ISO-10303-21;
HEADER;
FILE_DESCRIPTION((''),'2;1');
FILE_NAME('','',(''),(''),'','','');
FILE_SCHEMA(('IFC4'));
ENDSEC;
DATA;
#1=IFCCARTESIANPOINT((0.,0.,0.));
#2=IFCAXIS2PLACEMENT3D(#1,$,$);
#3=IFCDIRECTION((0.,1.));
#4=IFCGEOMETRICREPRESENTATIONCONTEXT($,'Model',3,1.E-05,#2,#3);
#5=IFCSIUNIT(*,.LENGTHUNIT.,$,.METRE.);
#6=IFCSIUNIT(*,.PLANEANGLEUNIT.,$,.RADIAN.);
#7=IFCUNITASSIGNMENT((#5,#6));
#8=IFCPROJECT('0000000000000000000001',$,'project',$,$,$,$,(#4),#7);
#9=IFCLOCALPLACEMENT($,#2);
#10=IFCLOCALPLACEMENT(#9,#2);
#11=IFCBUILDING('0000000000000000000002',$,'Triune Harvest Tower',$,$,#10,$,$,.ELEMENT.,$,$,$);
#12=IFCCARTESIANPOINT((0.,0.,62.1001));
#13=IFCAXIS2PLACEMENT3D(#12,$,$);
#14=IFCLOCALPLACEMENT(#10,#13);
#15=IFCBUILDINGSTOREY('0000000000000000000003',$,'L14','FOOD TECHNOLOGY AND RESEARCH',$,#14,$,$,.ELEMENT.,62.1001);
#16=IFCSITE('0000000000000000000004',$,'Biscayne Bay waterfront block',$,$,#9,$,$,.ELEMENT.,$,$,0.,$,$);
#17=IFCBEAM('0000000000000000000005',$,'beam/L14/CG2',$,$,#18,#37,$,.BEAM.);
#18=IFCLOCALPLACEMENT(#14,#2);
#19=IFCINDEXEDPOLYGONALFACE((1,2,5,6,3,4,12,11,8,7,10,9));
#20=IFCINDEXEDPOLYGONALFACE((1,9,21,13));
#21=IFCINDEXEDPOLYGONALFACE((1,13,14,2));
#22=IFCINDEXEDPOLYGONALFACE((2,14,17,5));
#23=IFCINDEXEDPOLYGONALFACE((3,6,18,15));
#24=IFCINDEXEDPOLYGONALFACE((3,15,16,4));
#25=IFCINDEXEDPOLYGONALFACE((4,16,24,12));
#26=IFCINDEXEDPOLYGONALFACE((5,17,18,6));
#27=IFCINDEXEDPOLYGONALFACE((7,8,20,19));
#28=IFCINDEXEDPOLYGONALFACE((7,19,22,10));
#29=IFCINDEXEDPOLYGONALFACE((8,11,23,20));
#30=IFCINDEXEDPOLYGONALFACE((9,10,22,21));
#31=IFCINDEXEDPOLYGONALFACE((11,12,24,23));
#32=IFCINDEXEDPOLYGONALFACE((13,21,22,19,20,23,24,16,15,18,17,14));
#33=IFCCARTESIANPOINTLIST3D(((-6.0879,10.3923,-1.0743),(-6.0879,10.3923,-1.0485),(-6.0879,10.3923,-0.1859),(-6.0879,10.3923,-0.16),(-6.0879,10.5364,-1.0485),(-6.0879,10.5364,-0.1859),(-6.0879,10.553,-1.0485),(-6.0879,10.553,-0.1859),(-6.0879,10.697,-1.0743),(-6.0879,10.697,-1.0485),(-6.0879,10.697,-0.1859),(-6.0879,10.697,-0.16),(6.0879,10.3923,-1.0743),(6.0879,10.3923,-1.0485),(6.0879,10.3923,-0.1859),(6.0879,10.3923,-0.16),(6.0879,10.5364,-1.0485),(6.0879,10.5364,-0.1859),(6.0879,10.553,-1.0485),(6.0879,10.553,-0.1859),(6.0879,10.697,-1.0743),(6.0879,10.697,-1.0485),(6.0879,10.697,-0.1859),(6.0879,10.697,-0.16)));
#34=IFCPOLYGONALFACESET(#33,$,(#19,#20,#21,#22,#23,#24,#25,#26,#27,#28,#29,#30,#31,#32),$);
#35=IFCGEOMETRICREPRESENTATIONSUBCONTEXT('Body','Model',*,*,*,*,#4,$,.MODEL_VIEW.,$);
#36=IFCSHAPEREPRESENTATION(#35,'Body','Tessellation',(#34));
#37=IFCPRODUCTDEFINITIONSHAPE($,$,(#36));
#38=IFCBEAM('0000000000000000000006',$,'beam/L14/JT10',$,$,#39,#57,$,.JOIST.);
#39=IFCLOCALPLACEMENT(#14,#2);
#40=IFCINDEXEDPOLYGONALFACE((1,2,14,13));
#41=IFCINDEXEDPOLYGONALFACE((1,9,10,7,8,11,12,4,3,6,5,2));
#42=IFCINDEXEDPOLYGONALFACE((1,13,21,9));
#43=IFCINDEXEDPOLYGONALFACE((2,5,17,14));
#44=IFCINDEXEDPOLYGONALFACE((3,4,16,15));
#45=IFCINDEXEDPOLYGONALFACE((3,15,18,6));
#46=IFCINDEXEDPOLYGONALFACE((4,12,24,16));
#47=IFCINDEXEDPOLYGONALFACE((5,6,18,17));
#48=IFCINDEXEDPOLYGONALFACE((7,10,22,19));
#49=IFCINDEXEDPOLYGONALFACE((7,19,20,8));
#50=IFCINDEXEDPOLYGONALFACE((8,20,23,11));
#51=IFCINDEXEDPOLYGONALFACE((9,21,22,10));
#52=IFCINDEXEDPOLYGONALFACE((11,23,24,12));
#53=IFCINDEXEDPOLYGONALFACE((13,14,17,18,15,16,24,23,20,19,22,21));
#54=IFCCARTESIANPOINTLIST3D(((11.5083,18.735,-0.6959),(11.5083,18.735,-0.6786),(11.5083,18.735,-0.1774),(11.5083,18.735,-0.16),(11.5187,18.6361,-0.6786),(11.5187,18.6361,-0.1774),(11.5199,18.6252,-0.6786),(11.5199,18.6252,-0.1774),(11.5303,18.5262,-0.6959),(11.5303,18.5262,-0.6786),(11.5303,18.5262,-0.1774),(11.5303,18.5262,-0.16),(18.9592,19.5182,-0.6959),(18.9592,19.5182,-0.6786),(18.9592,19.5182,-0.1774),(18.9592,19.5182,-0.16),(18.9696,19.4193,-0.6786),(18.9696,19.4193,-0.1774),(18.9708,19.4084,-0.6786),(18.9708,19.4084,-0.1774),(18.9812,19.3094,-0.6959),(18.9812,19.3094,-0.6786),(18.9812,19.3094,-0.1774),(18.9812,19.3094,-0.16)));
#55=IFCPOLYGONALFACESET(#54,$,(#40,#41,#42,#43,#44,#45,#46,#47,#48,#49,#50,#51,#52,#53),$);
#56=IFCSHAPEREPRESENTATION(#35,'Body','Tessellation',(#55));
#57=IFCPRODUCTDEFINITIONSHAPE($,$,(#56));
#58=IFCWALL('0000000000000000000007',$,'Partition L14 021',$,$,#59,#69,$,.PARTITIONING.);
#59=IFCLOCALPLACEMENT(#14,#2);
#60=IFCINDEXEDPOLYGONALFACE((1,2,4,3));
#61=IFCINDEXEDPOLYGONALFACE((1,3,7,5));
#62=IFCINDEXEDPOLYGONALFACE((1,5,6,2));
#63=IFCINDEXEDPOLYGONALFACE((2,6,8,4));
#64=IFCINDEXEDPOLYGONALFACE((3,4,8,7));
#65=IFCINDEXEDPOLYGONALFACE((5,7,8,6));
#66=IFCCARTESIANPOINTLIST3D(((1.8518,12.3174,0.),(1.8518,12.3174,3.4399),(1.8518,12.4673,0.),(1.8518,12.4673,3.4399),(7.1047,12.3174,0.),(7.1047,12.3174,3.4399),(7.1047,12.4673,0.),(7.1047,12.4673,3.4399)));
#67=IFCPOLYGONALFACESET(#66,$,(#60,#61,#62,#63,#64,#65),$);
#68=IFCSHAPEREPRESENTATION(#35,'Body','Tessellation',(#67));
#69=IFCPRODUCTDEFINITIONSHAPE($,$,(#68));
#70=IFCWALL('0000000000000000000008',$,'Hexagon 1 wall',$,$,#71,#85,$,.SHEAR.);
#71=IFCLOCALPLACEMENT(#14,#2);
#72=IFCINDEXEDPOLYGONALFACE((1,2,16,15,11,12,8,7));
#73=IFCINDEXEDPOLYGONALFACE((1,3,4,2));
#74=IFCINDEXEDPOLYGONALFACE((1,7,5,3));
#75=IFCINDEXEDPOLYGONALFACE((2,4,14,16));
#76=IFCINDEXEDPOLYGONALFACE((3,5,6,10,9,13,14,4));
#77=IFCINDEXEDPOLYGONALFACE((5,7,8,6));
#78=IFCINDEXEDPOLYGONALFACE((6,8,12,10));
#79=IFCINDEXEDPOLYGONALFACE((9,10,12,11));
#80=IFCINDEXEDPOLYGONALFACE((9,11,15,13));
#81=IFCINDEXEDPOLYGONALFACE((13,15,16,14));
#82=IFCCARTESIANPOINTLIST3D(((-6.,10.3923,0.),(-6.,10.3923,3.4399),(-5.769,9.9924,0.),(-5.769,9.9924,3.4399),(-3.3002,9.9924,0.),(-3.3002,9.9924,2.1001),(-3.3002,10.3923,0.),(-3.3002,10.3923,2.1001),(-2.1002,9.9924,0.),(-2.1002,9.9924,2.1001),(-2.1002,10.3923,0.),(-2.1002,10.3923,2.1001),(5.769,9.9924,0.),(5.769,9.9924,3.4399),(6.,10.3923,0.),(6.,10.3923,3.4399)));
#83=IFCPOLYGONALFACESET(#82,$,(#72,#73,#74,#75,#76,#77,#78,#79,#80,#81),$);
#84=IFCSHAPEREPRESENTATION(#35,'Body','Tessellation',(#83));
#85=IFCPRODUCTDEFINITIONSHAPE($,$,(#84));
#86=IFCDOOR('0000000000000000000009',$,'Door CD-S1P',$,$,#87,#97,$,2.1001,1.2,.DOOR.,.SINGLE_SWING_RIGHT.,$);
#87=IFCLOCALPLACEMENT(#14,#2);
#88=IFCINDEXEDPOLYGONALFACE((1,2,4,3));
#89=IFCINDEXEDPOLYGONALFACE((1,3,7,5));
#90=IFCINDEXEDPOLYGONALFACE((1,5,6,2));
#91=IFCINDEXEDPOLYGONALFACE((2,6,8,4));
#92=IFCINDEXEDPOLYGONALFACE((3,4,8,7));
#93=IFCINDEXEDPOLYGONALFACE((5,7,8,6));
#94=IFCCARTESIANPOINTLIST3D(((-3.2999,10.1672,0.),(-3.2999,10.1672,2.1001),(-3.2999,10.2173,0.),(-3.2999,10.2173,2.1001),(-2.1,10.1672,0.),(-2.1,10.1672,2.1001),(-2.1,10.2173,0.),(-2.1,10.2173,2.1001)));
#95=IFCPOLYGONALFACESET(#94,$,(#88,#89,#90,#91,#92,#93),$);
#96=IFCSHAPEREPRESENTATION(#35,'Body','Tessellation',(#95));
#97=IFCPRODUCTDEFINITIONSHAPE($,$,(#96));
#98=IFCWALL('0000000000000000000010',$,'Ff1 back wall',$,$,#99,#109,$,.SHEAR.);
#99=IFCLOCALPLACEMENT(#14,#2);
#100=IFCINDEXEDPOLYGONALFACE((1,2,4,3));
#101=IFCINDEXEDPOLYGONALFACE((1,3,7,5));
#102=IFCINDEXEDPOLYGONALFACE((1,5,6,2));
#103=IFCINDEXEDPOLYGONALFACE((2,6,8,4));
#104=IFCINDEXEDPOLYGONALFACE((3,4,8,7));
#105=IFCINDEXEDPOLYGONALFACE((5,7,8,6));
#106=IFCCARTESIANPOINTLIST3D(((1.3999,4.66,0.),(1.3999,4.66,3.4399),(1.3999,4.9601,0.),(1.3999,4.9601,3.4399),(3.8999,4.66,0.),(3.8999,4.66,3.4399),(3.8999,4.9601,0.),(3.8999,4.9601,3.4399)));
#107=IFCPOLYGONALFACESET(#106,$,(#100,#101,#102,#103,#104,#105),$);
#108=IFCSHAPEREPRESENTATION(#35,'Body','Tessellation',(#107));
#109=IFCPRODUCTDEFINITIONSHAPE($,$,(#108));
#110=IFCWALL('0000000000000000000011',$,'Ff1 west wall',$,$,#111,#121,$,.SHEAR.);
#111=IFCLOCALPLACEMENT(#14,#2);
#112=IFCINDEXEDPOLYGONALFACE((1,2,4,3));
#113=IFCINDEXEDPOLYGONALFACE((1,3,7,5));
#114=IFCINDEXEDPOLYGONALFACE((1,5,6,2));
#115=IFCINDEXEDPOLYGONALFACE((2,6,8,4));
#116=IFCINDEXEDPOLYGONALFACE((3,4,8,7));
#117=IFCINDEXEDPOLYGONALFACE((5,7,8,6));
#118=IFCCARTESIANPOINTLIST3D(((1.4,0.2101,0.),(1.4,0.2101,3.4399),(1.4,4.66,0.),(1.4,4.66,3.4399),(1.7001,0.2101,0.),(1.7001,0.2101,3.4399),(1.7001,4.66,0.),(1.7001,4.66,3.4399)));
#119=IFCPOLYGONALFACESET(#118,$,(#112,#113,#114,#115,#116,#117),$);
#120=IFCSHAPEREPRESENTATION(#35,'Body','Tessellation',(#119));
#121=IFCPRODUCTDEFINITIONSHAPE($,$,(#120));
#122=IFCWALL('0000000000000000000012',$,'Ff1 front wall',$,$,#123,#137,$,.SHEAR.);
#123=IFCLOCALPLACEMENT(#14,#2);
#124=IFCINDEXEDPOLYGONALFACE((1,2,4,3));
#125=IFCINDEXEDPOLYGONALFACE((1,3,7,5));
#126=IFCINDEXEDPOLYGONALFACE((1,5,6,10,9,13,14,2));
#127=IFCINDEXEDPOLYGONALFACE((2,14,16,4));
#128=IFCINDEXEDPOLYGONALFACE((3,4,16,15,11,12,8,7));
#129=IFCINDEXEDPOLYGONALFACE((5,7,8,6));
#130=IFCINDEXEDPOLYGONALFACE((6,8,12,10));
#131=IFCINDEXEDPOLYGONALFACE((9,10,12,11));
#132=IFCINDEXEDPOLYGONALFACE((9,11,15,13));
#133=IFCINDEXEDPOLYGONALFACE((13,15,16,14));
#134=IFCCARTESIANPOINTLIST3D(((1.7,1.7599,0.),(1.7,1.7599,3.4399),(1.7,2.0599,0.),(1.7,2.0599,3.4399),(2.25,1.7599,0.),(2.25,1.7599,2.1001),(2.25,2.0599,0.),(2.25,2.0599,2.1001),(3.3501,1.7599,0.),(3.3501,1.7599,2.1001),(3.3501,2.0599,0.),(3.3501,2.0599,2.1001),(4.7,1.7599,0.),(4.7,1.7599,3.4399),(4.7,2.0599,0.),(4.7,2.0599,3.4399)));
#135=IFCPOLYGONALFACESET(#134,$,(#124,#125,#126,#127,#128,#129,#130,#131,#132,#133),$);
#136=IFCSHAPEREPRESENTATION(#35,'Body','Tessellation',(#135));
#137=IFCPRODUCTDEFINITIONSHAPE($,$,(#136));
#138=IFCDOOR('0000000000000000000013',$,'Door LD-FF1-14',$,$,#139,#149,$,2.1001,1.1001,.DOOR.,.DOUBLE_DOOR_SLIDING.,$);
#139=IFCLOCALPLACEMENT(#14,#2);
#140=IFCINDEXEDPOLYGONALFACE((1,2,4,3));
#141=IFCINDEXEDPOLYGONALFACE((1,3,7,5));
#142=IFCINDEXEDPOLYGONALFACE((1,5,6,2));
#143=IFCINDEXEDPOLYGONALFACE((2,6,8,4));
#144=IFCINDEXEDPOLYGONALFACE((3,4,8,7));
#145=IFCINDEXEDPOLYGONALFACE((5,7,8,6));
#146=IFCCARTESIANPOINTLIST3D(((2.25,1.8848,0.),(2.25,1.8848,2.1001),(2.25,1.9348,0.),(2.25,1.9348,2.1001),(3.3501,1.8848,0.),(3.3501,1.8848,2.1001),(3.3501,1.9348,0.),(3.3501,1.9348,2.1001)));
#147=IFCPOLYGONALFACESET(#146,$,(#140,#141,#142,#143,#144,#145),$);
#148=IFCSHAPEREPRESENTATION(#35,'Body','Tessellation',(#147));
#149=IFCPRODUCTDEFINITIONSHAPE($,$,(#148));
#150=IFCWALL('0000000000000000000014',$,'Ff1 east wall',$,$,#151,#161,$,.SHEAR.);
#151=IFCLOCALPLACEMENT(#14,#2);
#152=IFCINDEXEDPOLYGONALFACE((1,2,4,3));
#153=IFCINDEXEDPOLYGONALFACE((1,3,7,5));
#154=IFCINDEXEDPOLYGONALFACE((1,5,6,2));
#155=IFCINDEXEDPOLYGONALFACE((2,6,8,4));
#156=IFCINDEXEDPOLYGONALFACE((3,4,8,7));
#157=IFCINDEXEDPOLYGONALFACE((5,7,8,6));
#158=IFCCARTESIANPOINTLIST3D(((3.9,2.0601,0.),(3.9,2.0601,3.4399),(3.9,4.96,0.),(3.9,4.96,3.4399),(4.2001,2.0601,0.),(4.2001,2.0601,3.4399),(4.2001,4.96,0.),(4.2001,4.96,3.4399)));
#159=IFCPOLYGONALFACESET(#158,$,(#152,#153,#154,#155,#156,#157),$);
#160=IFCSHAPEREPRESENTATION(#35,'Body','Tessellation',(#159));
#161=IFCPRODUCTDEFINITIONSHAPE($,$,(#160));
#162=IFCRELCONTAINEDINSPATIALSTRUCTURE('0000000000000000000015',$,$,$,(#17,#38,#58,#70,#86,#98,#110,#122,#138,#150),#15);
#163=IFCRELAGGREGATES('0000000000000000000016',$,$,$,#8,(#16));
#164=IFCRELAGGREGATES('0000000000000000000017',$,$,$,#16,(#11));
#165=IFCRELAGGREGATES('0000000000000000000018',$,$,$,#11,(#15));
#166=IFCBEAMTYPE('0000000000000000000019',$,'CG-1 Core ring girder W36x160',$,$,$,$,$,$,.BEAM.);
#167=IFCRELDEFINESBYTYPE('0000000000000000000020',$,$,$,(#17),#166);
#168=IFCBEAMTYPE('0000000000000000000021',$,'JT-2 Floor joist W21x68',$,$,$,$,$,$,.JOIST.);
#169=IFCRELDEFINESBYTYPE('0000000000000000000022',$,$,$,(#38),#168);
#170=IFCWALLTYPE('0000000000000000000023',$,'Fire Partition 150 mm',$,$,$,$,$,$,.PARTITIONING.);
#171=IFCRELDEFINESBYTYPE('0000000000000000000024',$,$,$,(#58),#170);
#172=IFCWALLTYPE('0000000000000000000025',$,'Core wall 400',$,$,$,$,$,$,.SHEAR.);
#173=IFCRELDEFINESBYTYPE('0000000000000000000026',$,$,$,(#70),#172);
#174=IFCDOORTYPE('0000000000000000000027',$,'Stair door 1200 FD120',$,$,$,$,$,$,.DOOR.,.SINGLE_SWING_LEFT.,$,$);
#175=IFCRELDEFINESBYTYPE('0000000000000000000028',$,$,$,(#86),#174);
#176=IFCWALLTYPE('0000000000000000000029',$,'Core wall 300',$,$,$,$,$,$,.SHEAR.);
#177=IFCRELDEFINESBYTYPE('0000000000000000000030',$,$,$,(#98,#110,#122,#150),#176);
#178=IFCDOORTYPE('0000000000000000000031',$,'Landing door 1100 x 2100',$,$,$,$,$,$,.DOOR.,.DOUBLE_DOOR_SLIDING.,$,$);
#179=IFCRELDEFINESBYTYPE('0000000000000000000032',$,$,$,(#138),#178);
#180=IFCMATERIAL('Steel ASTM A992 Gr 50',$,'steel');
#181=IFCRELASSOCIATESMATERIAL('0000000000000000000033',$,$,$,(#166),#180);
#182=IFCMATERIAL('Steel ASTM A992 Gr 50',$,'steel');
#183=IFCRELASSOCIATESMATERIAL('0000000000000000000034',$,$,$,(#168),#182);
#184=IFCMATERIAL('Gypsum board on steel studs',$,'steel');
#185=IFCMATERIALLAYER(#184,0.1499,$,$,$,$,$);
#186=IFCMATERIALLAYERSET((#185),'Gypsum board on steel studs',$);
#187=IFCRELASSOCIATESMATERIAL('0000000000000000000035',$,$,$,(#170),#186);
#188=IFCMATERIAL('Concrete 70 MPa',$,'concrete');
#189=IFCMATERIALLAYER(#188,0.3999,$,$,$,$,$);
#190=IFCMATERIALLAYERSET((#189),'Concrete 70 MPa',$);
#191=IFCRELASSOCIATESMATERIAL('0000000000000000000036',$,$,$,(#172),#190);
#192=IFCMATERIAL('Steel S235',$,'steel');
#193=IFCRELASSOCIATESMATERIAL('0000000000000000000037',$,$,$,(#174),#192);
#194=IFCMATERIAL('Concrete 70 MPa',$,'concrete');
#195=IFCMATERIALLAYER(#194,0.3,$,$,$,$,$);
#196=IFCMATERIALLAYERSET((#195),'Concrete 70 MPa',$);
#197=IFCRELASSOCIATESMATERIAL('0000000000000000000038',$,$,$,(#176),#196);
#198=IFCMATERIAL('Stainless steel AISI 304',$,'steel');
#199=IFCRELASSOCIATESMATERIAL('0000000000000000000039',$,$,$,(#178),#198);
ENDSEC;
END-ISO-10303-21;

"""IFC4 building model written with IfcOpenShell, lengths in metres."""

from ifc_helpers import new_model, si_unit, direction, frame, frame_2d, origin, origin_2d, place, context, subcontext, project, spatial, polyline, rectangle, i_section, outline, extrude, source, transform, mapped, material, layer, layer_set, material_profile, profile_set, type_object, element, fill, save


model = new_model("IFC4")

# Units and contexts
model_context = context("Model", 3, precision=1e-05, world=origin(), true_north=direction((0.0, 1.0)))
body_context = subcontext(model_context, "Body", "Model", "MODEL_VIEW")
ifc_project = project(units=[si_unit("LENGTHUNIT", "METRE"), si_unit("PLANEANGLEUNIT", "RADIAN")], contexts=[model_context])

# Site, building, storey
site_placement = place(None, origin())
site = spatial("IfcSite", under=ifc_project, at=site_placement, Name="Biscayne Bay waterfront block", CompositionType="ELEMENT", RefElevation=0.0)
building_placement = place(site_placement, origin())
building = spatial("IfcBuilding", under=site, at=building_placement, Name="Triune Harvest Tower", CompositionType="ELEMENT")
storey_placement = place(building_placement, frame((0.0, 0.0, 62.1001)))
storey = spatial("IfcBuildingStorey", under=building, at=storey_placement, Name="L14", Description="FOOD TECHNOLOGY AND RESEARCH", CompositionType="ELEMENT", Elevation=62.1001)

# Beams
ifc_material_1 = material(Name="Steel ASTM A992 Gr 50", Category="steel")
ifc_material_profile_1 = material_profile(ifc_material_1, i_section(OverallWidth=0.3047, OverallDepth=0.9143, WebThickness=0.0166, FlangeThickness=0.0259, at=origin_2d()), Name="W36x160")
ifc_profile_set_1 = profile_set([ifc_material_profile_1], Name="Steel ASTM A992 Gr 50")
beam_type_1 = type_object("IfcBeamType", Name="CG-1 Core ring girder W36x160", PredefinedType="BEAM", material=ifc_profile_set_1)
shared_shape_1 = source(origin(), body_context, "Body", "SweptSolid", [
    extrude(i_section(OverallWidth=0.3047, OverallDepth=0.9143, WebThickness=0.0166, FlangeThickness=0.0259, at=origin_2d()), origin(), (0.0, 0.0, 1.0), 12.1758),
])
beam_1_placement = place(storey_placement, frame((6.0879, 10.5447, -0.6172), z_axis=(-1.0, 0.0, 0.0), x_axis=(0.0, -1.0, 0.0)))
element("IfcBeam", 1, at=beam_1_placement, inside=storey, type_object=beam_type_1, Name="beam/L14/CG2", PredefinedType="BEAM", context=body_context, shape_type="MappedRepresentation", body=[
    mapped(shared_shape_1, transform((0.0, 0.0, 0.0), scale=1.0)),
])
ifc_material_2 = material(Name="Steel ASTM A992 Gr 50", Category="steel")
ifc_material_profile_2 = material_profile(ifc_material_2, i_section(OverallWidth=0.21, OverallDepth=0.5359, WebThickness=0.011, FlangeThickness=0.0173, at=origin_2d()), Name="W21x68")
ifc_profile_set_2 = profile_set([ifc_material_profile_2], Name="Steel ASTM A992 Gr 50")
beam_type_2 = type_object("IfcBeamType", Name="JT-2 Floor joist W21x68", PredefinedType="JOIST", material=ifc_profile_set_2)
shared_shape_2 = source(origin(), body_context, "Body", "SweptSolid", [
    extrude(i_section(OverallWidth=0.21, OverallDepth=0.5359, WebThickness=0.011, FlangeThickness=0.0173, at=origin_2d()), origin(), (0.0, 0.0, 1.0), 7.4919),
])
beam_2_placement = place(storey_placement, frame((18.9702, 19.4138, -0.428), z_axis=(-0.994521, -0.104539, 0.0), x_axis=(0.104539, -0.994521, 0.0)))
element("IfcBeam", 2, at=beam_2_placement, inside=storey, type_object=beam_type_2, Name="beam/L14/JT10", PredefinedType="JOIST", context=body_context, shape_type="MappedRepresentation", body=[
    mapped(shared_shape_2, transform((0.0, 0.0, 0.0), scale=1.0)),
])

# Wall
ifc_material_3 = material(Name="Gypsum board on steel studs", Category="steel")
ifc_layer_1 = layer(ifc_material_3, 0.1499)
ifc_layer_set_1 = layer_set([ifc_layer_1], Name="Gypsum board on steel studs")
wall_type_1 = type_object("IfcWallType", Name="Fire Partition 150 mm", PredefinedType="PARTITIONING", material=ifc_layer_set_1)
wall_1_placement = place(storey_placement, frame((1.8518, 12.3923, 0.0), z_axis=(0.0, 0.0, 1.0), x_axis=(1.0, 0.0, 0.0)))
element("IfcWall", 3, at=wall_1_placement, inside=storey, type_object=wall_type_1, Name="Partition L14 021", PredefinedType="PARTITIONING", context=body_context, shape_type="SweptSolid", body=[
    extrude(rectangle(XDim=5.2529, YDim=0.1499, at=frame_2d((2.6265, 0.0))), origin(), (0.0, 0.0, 1.0), 3.4399),
])

# Wall, opening, door
ifc_material_4 = material(Name="Concrete 70 MPa", Category="concrete")
ifc_layer_2 = layer(ifc_material_4, 0.3999)
ifc_layer_set_2 = layer_set([ifc_layer_2], Name="Concrete 70 MPa")
wall_type_2 = type_object("IfcWallType", Name="Core wall 400", PredefinedType="SHEAR", material=ifc_layer_set_2)
shared_shape_3 = source(origin(), body_context, "Body", "SweptSolid", [
    extrude(outline(polyline([(-0.1155, -0.2), (11.8845, -0.2), (11.6536, 0.2), (0.1155, 0.2), (-0.1155, -0.2)])), origin(), (0.0, 0.0, 1.0), 3.4399),
])
wall_2_placement = place(storey_placement, frame((5.8845, 10.1924, 0.0), z_axis=(0.0, 0.0, 1.0), x_axis=(-1.0, 0.0, 0.0)))
wall_2 = element("IfcWall", 4, at=wall_2_placement, inside=storey, type_object=wall_type_2, Name="Hexagon 1 wall", PredefinedType="SHEAR", context=body_context, shape_type="MappedRepresentation", body=[
    mapped(shared_shape_3, transform((0.0, 0.0, 0.0), scale=1.0)),
])
opening_1_placement = place(wall_2_placement, frame((7.9846, 0.0, 0.0)))
opening_1 = element("IfcOpeningElement", 5, at=opening_1_placement, cuts=wall_2, PredefinedType="OPENING", context=body_context, shape_type="SweptSolid", body=[
    extrude(rectangle(XDim=1.2, YDim=2.1001, at=frame_2d((0.6001, 1.05))), frame((0.0, 0.21, 0.0), z_axis=(0.0, -1.0, 0.0), x_axis=(1.0, 0.0, 0.0)), (0.0, 0.0, 1.0), 0.4199),
])
ifc_material_5 = material(Name="Steel S235", Category="steel")
door_type_1 = type_object("IfcDoorType", Name="Stair door 1200 FD120", OperationType="SINGLE_SWING_LEFT", PredefinedType="DOOR", material=ifc_material_5)
door_1_placement = place(opening_1_placement, frame((1.2, 0.0, 0.0), z_axis=(0.0, 0.0, 1.0), x_axis=(-1.0, 0.0, 0.0)))
door_1 = element("IfcDoor", 6, at=door_1_placement, inside=storey, type_object=door_type_1, Name="Door CD-S1P", OperationType="SINGLE_SWING_RIGHT", OverallHeight=2.1001, OverallWidth=1.2, PredefinedType="DOOR", context=body_context, shape_type="SweptSolid", body=[
    extrude(rectangle(XDim=1.2, YDim=2.1001, at=frame_2d((0.6001, 1.05))), frame((0.0, 0.0249, 0.0), z_axis=(0.0, -1.0, 0.0), x_axis=(1.0, 0.0, 0.0)), (0.0, 0.0, 1.0), 0.05),
])
fill(opening_1, door_1)

# Walls
ifc_material_6 = material(Name="Concrete 70 MPa", Category="concrete")
ifc_layer_3 = layer(ifc_material_6, 0.3)
ifc_layer_set_3 = layer_set([ifc_layer_3], Name="Concrete 70 MPa")
wall_type_3 = type_object("IfcWallType", Name="Core wall 300", PredefinedType="SHEAR", material=ifc_layer_set_3)
shared_shape_4 = source(origin(), body_context, "Body", "SweptSolid", [
    extrude(rectangle(XDim=2.5, YDim=0.3, at=frame_2d((1.25, 0.0))), origin(), (0.0, 0.0, 1.0), 3.4399),
])
wall_3_placement = place(storey_placement, frame((1.3999, 4.8101, 0.0), z_axis=(0.0, 0.0, 1.0), x_axis=(1.0, 0.0, 0.0)))
element("IfcWall", 7, at=wall_3_placement, inside=storey, type_object=wall_type_3, Name="Ff1 back wall", PredefinedType="SHEAR", context=body_context, shape_type="MappedRepresentation", body=[
    mapped(shared_shape_4, transform((0.0, 0.0, 0.0), scale=1.0)),
])
shared_shape_5 = source(origin(), body_context, "Body", "SweptSolid", [
    extrude(rectangle(XDim=4.45, YDim=0.3, at=frame_2d((2.2251, 0.0))), origin(), (0.0, 0.0, 1.0), 3.4399),
])
wall_4_placement = place(storey_placement, frame((1.55, 0.21, 0.0), z_axis=(0.0, 0.0, 1.0), x_axis=(0.0, 1.0, 0.0)))
element("IfcWall", 8, at=wall_4_placement, inside=storey, type_object=wall_type_3, Name="Ff1 west wall", PredefinedType="SHEAR", context=body_context, shape_type="MappedRepresentation", body=[
    mapped(shared_shape_5, transform((0.0, 0.0, 0.0), scale=1.0)),
])

# Wall, opening, door
shared_shape_6 = source(origin(), body_context, "Body", "SweptSolid", [
    extrude(rectangle(XDim=3.0, YDim=0.3, at=frame_2d((1.5, 0.0))), origin(), (0.0, 0.0, 1.0), 3.4399),
])
wall_5_placement = place(storey_placement, frame((1.7, 1.9099, 0.0), z_axis=(0.0, 0.0, 1.0), x_axis=(1.0, 0.0, 0.0)))
wall_5 = element("IfcWall", 9, at=wall_5_placement, inside=storey, type_object=wall_type_3, Name="Ff1 front wall", PredefinedType="SHEAR", context=body_context, shape_type="MappedRepresentation", body=[
    mapped(shared_shape_6, transform((0.0, 0.0, 0.0), scale=1.0)),
])
opening_2_placement = place(wall_5_placement, frame((0.55, 0.0, 0.0)))
opening_2 = element("IfcOpeningElement", 10, at=opening_2_placement, cuts=wall_5, PredefinedType="OPENING", context=body_context, shape_type="SweptSolid", body=[
    extrude(rectangle(XDim=1.1001, YDim=2.1001, at=frame_2d((0.55, 1.05))), frame((0.0, 0.1602, 0.0), z_axis=(0.0, -1.0, 0.0), x_axis=(1.0, 0.0, 0.0)), (0.0, 0.0, 1.0), 0.3201),
])
ifc_material_7 = material(Name="Stainless steel AISI 304", Category="steel")
door_type_2 = type_object("IfcDoorType", Name="Landing door 1100 x 2100", OperationType="DOUBLE_DOOR_SLIDING", PredefinedType="DOOR", material=ifc_material_7)
door_2_placement = place(opening_2_placement, origin())
door_2 = element("IfcDoor", 11, at=door_2_placement, inside=storey, type_object=door_type_2, Name="Door LD-FF1-14", OperationType="DOUBLE_DOOR_SLIDING", OverallHeight=2.1001, OverallWidth=1.1001, PredefinedType="DOOR", context=body_context, shape_type="SweptSolid", body=[
    extrude(rectangle(XDim=1.1001, YDim=2.1001, at=frame_2d((0.55, 1.05))), frame((0.0, 0.0249, 0.0), z_axis=(0.0, -1.0, 0.0), x_axis=(1.0, 0.0, 0.0)), (0.0, 0.0, 1.0), 0.05),
])
fill(opening_2, door_2)

# Wall
shared_shape_7 = source(origin(), body_context, "Body", "SweptSolid", [
    extrude(rectangle(XDim=2.8999, YDim=0.3, at=frame_2d((1.45, 0.0))), origin(), (0.0, 0.0, 1.0), 3.4399),
])
wall_6_placement = place(storey_placement, frame((4.05, 2.0601, 0.0), z_axis=(0.0, 0.0, 1.0), x_axis=(0.0, 1.0, 0.0)))
element("IfcWall", 12, at=wall_6_placement, inside=storey, type_object=wall_type_3, Name="Ff1 east wall", PredefinedType="SHEAR", context=body_context, shape_type="MappedRepresentation", body=[
    mapped(shared_shape_7, transform((0.0, 0.0, 0.0), scale=1.0)),
])

save(model, "model.ifc")
